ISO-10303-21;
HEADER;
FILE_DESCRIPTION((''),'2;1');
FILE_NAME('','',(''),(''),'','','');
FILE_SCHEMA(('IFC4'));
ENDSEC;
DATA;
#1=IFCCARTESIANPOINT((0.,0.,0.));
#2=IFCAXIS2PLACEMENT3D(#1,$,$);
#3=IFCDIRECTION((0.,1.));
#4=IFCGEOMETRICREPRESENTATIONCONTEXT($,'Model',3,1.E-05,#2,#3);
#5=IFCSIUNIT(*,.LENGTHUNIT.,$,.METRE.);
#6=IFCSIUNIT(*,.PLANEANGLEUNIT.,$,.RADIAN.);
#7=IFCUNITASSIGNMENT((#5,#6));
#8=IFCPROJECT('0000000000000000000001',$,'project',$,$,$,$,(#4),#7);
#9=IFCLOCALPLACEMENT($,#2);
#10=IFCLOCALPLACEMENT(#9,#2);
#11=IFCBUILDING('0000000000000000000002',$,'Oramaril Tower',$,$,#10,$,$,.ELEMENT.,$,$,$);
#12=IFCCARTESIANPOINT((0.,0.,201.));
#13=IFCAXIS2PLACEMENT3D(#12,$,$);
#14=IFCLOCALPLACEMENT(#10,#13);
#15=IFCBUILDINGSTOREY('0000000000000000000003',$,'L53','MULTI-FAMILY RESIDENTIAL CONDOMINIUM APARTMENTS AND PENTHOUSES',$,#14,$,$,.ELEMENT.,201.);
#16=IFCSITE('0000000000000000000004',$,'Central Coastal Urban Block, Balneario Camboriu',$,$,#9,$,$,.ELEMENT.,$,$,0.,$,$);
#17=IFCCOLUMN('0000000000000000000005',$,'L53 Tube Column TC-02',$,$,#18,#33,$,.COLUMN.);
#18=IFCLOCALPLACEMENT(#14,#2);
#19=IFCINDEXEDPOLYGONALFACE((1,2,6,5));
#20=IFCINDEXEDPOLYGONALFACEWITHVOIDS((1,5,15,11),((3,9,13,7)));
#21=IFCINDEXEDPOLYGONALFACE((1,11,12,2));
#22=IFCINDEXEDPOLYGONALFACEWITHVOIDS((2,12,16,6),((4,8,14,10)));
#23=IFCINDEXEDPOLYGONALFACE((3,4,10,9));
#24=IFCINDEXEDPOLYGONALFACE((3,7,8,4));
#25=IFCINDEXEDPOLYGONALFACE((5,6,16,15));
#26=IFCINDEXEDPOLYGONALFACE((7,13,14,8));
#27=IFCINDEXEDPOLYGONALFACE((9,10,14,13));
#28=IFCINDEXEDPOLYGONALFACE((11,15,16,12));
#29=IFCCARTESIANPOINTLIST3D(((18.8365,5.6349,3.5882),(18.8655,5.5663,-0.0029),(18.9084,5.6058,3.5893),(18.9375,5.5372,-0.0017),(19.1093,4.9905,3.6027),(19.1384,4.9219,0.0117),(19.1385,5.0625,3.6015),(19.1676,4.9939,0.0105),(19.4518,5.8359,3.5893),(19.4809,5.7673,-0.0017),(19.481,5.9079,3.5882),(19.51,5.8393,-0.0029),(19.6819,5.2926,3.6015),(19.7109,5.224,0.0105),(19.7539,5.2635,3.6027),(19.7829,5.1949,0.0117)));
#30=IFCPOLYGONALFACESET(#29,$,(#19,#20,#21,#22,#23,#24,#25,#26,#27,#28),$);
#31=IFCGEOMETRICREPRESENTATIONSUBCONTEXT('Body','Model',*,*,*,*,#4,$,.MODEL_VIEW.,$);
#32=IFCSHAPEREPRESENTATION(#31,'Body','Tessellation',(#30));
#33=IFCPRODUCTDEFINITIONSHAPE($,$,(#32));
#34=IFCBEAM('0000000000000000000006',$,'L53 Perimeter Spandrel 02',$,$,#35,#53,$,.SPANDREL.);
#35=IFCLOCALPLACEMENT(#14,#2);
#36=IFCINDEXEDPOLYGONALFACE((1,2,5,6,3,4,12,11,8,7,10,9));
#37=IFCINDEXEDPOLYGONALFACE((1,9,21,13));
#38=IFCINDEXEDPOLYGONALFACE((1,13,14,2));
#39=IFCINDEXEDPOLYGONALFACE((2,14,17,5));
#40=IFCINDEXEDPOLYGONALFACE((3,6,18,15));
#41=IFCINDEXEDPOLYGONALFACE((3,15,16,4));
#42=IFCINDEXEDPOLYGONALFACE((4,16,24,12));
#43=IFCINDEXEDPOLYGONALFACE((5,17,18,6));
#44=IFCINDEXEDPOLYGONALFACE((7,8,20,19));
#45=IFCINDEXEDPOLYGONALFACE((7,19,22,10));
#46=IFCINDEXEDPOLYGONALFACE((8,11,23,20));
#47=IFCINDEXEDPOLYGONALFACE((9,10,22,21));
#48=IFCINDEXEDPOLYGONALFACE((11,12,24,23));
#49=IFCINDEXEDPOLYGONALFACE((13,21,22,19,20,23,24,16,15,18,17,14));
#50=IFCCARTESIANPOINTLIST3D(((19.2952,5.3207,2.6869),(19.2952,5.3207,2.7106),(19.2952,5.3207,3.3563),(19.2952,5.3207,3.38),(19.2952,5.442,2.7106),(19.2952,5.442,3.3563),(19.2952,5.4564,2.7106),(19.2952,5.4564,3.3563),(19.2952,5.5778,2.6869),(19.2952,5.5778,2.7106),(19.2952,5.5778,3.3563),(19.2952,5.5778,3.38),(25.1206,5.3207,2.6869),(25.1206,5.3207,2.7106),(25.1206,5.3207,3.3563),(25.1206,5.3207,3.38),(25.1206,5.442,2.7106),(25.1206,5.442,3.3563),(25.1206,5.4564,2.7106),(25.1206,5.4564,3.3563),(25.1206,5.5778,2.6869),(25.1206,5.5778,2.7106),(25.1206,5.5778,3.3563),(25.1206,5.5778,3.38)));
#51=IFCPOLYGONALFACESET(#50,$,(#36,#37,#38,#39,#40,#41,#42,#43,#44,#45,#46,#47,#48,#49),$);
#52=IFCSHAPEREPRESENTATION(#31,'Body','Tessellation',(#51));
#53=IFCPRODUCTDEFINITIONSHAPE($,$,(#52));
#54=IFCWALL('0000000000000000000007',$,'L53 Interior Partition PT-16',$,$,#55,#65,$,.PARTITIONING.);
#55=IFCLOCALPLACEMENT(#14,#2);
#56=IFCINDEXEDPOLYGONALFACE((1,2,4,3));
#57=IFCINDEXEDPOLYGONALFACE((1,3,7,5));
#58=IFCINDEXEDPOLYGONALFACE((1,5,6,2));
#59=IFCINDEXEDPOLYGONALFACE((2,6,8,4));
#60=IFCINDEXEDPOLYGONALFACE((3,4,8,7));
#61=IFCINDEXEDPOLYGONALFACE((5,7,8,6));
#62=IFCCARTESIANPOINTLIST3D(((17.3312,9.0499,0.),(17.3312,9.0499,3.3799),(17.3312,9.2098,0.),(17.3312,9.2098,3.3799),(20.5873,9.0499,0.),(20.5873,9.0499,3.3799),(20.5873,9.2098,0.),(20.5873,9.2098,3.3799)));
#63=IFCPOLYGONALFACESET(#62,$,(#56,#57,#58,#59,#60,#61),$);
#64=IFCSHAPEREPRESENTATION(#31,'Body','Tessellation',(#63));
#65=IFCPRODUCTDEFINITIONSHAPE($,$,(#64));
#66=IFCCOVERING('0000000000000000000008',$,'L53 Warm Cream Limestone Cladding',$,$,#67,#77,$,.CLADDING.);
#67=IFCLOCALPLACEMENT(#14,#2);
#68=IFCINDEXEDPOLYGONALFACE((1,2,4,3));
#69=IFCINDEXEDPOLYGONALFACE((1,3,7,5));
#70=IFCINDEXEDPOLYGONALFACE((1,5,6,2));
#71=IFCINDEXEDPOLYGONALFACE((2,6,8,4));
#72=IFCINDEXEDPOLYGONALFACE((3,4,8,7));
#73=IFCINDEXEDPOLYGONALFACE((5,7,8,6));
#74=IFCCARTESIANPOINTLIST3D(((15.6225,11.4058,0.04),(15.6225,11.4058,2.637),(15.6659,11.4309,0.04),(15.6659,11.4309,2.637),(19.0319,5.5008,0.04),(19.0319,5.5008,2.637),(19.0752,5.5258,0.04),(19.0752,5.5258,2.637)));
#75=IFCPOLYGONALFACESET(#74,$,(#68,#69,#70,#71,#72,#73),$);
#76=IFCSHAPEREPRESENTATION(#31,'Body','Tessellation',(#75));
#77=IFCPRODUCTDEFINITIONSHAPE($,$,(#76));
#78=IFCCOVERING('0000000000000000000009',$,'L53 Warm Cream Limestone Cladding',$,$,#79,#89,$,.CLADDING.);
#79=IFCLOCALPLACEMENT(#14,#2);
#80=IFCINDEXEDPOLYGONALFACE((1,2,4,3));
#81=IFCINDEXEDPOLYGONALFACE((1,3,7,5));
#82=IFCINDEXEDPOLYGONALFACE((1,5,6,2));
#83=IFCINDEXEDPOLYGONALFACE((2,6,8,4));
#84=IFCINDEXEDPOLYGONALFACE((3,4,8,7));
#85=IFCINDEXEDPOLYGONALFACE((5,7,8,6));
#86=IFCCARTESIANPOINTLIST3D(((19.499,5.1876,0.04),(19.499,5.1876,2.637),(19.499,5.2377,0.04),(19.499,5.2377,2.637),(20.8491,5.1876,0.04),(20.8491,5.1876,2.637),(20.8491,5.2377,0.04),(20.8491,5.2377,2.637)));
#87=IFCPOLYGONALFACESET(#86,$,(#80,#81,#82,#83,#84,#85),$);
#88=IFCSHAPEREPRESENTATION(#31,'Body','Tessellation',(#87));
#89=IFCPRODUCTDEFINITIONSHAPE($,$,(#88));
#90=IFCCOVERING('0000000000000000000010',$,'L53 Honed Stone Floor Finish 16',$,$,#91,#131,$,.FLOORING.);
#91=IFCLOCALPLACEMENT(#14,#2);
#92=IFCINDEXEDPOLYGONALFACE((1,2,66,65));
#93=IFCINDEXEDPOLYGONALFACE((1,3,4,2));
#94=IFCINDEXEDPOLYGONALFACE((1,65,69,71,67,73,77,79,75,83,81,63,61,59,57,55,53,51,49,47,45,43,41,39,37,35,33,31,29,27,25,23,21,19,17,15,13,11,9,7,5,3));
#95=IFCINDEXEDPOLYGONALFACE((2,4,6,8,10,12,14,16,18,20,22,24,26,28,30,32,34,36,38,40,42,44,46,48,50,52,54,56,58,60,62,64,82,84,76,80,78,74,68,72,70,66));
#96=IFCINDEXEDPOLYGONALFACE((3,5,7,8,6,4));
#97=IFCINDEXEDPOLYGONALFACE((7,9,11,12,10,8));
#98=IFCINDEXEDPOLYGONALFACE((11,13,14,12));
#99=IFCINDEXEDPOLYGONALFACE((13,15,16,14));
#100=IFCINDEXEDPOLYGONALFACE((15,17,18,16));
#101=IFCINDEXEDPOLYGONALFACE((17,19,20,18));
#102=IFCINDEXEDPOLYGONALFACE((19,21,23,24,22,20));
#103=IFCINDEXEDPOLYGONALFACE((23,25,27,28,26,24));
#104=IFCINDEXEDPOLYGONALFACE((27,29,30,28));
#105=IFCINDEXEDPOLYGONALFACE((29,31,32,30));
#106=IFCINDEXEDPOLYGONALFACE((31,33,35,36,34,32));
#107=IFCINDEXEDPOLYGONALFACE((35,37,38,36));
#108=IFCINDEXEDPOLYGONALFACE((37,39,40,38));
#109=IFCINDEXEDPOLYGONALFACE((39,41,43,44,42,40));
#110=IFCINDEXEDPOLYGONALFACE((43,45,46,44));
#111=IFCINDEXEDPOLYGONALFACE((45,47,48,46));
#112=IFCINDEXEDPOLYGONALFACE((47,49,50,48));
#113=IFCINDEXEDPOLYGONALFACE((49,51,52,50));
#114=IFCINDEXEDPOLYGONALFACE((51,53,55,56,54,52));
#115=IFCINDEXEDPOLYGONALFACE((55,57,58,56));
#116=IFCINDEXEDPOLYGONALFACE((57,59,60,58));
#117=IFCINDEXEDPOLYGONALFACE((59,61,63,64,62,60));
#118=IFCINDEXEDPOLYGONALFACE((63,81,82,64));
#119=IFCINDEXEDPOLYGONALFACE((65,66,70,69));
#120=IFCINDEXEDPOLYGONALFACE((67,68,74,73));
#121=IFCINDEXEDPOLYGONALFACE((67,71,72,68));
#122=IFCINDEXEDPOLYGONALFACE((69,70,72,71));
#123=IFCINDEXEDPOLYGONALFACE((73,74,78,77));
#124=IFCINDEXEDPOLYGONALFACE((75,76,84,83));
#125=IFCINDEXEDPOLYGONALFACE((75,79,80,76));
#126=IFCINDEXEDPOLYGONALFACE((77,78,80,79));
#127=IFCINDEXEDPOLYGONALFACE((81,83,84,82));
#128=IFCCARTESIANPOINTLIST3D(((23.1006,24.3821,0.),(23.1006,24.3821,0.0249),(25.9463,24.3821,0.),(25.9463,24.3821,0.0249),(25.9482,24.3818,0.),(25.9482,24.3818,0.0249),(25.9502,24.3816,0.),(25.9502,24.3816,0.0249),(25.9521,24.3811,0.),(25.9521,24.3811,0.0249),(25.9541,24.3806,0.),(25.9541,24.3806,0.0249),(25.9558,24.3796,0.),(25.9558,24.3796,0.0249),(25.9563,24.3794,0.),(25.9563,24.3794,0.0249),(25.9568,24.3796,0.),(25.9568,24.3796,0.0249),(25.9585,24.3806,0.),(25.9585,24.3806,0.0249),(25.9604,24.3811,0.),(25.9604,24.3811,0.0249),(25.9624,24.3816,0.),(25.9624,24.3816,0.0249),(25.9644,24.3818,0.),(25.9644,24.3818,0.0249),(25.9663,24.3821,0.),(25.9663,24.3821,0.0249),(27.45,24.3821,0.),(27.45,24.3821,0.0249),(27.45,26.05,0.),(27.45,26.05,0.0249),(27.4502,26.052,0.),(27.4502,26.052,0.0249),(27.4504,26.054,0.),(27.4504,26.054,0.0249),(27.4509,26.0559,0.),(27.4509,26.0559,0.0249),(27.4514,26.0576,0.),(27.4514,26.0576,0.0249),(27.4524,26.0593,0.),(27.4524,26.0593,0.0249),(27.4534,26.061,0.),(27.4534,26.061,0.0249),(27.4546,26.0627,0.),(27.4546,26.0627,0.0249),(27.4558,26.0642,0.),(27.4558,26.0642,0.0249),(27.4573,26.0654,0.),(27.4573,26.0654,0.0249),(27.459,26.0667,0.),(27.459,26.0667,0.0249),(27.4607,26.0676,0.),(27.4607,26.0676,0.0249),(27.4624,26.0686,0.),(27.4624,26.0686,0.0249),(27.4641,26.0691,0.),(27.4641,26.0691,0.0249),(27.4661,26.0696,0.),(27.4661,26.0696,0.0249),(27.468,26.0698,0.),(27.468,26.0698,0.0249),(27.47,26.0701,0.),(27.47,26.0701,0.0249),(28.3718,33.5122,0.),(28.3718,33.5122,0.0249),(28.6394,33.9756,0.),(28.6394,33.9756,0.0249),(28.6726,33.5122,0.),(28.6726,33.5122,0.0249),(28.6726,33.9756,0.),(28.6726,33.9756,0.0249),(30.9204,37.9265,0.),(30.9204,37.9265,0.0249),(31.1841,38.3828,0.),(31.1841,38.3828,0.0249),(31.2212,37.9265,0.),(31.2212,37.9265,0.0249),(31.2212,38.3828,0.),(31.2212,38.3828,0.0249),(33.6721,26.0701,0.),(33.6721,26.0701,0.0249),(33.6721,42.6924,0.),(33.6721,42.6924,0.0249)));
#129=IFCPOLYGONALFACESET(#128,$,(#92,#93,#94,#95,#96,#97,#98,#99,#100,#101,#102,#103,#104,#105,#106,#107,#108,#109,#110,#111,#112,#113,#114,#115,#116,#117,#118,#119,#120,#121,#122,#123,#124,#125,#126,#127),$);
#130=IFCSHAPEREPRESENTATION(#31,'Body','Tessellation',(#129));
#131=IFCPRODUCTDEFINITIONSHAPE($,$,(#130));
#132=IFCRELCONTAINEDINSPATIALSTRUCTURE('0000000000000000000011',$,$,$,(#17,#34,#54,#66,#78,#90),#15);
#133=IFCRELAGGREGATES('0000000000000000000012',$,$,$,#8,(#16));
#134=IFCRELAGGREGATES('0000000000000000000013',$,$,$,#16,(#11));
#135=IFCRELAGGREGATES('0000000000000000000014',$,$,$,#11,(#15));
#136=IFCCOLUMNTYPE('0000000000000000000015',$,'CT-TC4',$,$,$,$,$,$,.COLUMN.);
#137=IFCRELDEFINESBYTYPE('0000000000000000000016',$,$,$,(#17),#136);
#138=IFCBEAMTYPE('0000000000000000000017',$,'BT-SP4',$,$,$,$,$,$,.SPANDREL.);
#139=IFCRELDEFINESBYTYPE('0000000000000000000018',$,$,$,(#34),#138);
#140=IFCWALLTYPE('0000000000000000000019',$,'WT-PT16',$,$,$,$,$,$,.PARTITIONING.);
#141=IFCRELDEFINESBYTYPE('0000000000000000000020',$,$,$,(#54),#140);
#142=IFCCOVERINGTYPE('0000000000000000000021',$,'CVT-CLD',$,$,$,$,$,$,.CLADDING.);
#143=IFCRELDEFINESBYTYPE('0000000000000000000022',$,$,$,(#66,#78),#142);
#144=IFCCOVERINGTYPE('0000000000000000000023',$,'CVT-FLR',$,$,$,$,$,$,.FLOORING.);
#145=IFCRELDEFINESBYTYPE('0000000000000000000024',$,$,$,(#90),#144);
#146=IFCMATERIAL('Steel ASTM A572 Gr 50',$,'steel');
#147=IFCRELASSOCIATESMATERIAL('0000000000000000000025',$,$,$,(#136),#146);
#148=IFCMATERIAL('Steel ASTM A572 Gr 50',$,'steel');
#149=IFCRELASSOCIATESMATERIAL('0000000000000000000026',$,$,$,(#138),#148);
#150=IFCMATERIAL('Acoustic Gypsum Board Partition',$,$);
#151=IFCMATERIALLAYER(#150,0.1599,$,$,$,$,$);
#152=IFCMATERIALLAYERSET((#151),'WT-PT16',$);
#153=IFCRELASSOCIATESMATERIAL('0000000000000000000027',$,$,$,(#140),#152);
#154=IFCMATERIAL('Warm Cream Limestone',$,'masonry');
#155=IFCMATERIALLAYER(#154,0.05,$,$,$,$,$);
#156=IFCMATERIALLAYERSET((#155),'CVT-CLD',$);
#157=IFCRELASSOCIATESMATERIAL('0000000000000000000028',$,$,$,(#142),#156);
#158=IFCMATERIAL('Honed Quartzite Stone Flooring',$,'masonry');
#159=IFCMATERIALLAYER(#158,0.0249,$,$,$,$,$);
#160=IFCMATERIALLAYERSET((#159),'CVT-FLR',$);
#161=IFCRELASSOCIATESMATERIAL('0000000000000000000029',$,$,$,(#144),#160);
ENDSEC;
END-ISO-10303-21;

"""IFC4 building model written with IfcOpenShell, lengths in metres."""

from ifc_helpers import new_model, si_unit, direction, frame, frame_2d, origin, origin_2d, place, context, subcontext, project, spatial, polyline, rectangle, hollow_rectangle, i_section, outline, extrude, material, layer, layer_set, material_profile, profile_set, type_object, element, save


model = new_model("IFC4")

# Units and contexts
model_context = context("Model", 3, precision=1e-05, world=origin(), true_north=direction((0.0, 1.0)))
body_context = subcontext(model_context, "Body", "Model", "MODEL_VIEW")
ifc_project = project(units=[si_unit("LENGTHUNIT", "METRE"), si_unit("PLANEANGLEUNIT", "RADIAN")], contexts=[model_context])

# Site, building, storey
site_placement = place(None, origin())
site = spatial("IfcSite", under=ifc_project, at=site_placement, Name="Central Coastal Urban Block, Balneario Camboriu", CompositionType="ELEMENT", RefElevation=0.0)
building_placement = place(site_placement, origin())
building = spatial("IfcBuilding", under=site, at=building_placement, Name="Oramaril Tower", CompositionType="ELEMENT")
storey_placement = place(building_placement, frame((0.0, 0.0, 201.0)))
storey = spatial("IfcBuildingStorey", under=building, at=storey_placement, Name="L53", Description="MULTI-FAMILY RESIDENTIAL CONDOMINIUM APARTMENTS AND PENTHOUSES", CompositionType="ELEMENT", Elevation=201.0)

# Column
ifc_material_1 = material(Name="Steel ASTM A572 Gr 50", Category="steel")
ifc_material_profile_1 = material_profile(ifc_material_1, hollow_rectangle(XDim=0.7, YDim=0.7, WallThickness=0.0549, at=origin_2d()), Name="BOX700X700X55")
ifc_profile_set_1 = profile_set([ifc_material_profile_1], Name="Steel ASTM A572 Gr 50")
column_type = type_object("IfcColumnType", Name="CT-TC4", PredefinedType="COLUMN", material=ifc_profile_set_1)
column_placement = place(storey_placement, frame((19.3242, 5.3806, 0.0044), z_axis=(-0.008089, 0.0191, 0.999785), x_axis=(-0.920832, -0.389961, 0.0)))
element("IfcColumn", 1, at=column_placement, inside=storey, type_object=column_type, Name="L53 Tube Column TC-02", PredefinedType="COLUMN", context=body_context, shape_type="SweptSolid", body=[
    extrude(hollow_rectangle(XDim=0.7, YDim=0.7, WallThickness=0.0549, at=origin_2d()), origin(), (0.0, 0.0, 1.0), 3.5918),
])

# Beam
ifc_material_2 = material(Name="Steel ASTM A572 Gr 50", Category="steel")
ifc_material_profile_2 = material_profile(ifc_material_2, i_section(OverallWidth=0.2571, OverallDepth=0.6931, WebThickness=0.0144, FlangeThickness=0.0237, at=origin_2d()), Name="W27X114")
ifc_profile_set_2 = profile_set([ifc_material_profile_2], Name="Steel ASTM A572 Gr 50")
beam_type = type_object("IfcBeamType", Name="BT-SP4", PredefinedType="SPANDREL", material=ifc_profile_set_2)
beam_placement = place(storey_placement, frame((19.2952, 5.4492, 3.0334), z_axis=(1.0, 0.0, 0.0), x_axis=(0.0, 1.0, 0.0)))
element("IfcBeam", 2, at=beam_placement, inside=storey, type_object=beam_type, Name="L53 Perimeter Spandrel 02", PredefinedType="SPANDREL", context=body_context, shape_type="SweptSolid", body=[
    extrude(i_section(OverallWidth=0.2571, OverallDepth=0.6931, WebThickness=0.0144, FlangeThickness=0.0237, at=origin_2d()), origin(), (0.0, 0.0, 1.0), 5.8254),
])

# Wall
ifc_material_3 = material(Name="Acoustic Gypsum Board Partition")
ifc_layer_1 = layer(ifc_material_3, 0.1599)
ifc_layer_set_1 = layer_set([ifc_layer_1], Name="WT-PT16")
wall_type_1 = type_object("IfcWallType", Name="WT-PT16", PredefinedType="PARTITIONING", material=ifc_layer_set_1)
wall_1_placement = place(storey_placement, frame((17.3313, 9.1299, 0.0), z_axis=(0.0, 0.0, 1.0), x_axis=(1.0, 0.0, 0.0)))
element("IfcWall", 3, at=wall_1_placement, inside=storey, type_object=wall_type_1, Name="L53 Interior Partition PT-16", PredefinedType="PARTITIONING", context=body_context, shape_type="SweptSolid", body=[
    extrude(rectangle(XDim=3.2561, YDim=0.1599, at=frame_2d((1.6279, 0.0))), origin(), (0.0, 0.0, 1.0), 3.3799),
])

# Coverings
ifc_material_4 = material(Name="Warm Cream Limestone", Category="masonry")
ifc_layer_2 = layer(ifc_material_4, 0.05)
ifc_layer_set_2 = layer_set([ifc_layer_2], Name="CVT-CLD")
covering_type_1 = type_object("IfcCoveringType", Name="CVT-CLD", PredefinedType="CLADDING", material=ifc_layer_set_2)
covering_1_placement = place(storey_placement, frame((17.3489, 8.4658, 0.04), z_axis=(0.0, 0.0, 1.0), x_axis=(0.500011, -0.866019, 0.0)))
element("IfcCovering", 4, at=covering_1_placement, inside=storey, type_object=covering_type_1, Name="L53 Warm Cream Limestone Cladding", PredefinedType="CLADDING", context=body_context, shape_type="SweptSolid", body=[
    extrude(rectangle(XDim=6.8186, YDim=0.05, at=origin_2d()), origin(), (0.0, 0.0, 1.0), 2.5969),
])
covering_2_placement = place(storey_placement, frame((20.1741, 5.2126, 0.04), z_axis=(0.0, 0.0, 1.0), x_axis=(1.0, 0.0, 0.0)))
element("IfcCovering", 5, at=covering_2_placement, inside=storey, type_object=covering_type_1, Name="L53 Warm Cream Limestone Cladding", PredefinedType="CLADDING", context=body_context, shape_type="SweptSolid", body=[
    extrude(rectangle(XDim=1.3501, YDim=0.05, at=origin_2d()), origin(), (0.0, 0.0, 1.0), 2.5969),
])
ifc_material_5 = material(Name="Honed Quartzite Stone Flooring", Category="masonry")
ifc_layer_3 = layer(ifc_material_5, 0.0249)
ifc_layer_set_3 = layer_set([ifc_layer_3], Name="CVT-FLR")
covering_type_2 = type_object("IfcCoveringType", Name="CVT-FLR", PredefinedType="FLOORING", material=ifc_layer_set_3)
covering_3_placement = place(storey_placement, origin())
element("IfcCovering", 6, at=covering_3_placement, inside=storey, type_object=covering_type_2, Name="L53 Honed Stone Floor Finish 16", PredefinedType="FLOORING", context=body_context, shape_type="SweptSolid", body=[
    extrude(outline(polyline([(28.3718, 33.5122), (28.6726, 33.5122), (28.6726, 33.9756), (28.6394, 33.9756), (30.9204, 37.9265), (31.2212, 37.9265), (31.2212, 38.3828), (31.1841, 38.3828), (33.6721, 42.6924), (33.6721, 26.0701), (27.47, 26.0701), (27.468, 26.0698), (27.4661, 26.0696), (27.4641, 26.0691), (27.4624, 26.0686), (27.4607, 26.0676), (27.459, 26.0667), (27.4573, 26.0654), (27.4558, 26.0642), (27.4546, 26.0627), (27.4534, 26.061), (27.4524, 26.0593), (27.4514, 26.0576), (27.4509, 26.0559), (27.4504, 26.054), (27.4502, 26.052), (27.45, 26.05), (27.45, 24.3821), (25.9663, 24.3821), (25.9644, 24.3818), (25.9624, 24.3816), (25.9604, 24.3811), (25.9585, 24.3806), (25.9568, 24.3796), (25.9563, 24.3794), (25.9558, 24.3796), (25.9541, 24.3806), (25.9521, 24.3811), (25.9502, 24.3816), (25.9482, 24.3818), (25.9463, 24.3821), (23.1006, 24.3821), (28.3718, 33.5122)])), origin(), (0.0, 0.0, 1.0), 0.0249),
])

save(model, "model.ifc")
